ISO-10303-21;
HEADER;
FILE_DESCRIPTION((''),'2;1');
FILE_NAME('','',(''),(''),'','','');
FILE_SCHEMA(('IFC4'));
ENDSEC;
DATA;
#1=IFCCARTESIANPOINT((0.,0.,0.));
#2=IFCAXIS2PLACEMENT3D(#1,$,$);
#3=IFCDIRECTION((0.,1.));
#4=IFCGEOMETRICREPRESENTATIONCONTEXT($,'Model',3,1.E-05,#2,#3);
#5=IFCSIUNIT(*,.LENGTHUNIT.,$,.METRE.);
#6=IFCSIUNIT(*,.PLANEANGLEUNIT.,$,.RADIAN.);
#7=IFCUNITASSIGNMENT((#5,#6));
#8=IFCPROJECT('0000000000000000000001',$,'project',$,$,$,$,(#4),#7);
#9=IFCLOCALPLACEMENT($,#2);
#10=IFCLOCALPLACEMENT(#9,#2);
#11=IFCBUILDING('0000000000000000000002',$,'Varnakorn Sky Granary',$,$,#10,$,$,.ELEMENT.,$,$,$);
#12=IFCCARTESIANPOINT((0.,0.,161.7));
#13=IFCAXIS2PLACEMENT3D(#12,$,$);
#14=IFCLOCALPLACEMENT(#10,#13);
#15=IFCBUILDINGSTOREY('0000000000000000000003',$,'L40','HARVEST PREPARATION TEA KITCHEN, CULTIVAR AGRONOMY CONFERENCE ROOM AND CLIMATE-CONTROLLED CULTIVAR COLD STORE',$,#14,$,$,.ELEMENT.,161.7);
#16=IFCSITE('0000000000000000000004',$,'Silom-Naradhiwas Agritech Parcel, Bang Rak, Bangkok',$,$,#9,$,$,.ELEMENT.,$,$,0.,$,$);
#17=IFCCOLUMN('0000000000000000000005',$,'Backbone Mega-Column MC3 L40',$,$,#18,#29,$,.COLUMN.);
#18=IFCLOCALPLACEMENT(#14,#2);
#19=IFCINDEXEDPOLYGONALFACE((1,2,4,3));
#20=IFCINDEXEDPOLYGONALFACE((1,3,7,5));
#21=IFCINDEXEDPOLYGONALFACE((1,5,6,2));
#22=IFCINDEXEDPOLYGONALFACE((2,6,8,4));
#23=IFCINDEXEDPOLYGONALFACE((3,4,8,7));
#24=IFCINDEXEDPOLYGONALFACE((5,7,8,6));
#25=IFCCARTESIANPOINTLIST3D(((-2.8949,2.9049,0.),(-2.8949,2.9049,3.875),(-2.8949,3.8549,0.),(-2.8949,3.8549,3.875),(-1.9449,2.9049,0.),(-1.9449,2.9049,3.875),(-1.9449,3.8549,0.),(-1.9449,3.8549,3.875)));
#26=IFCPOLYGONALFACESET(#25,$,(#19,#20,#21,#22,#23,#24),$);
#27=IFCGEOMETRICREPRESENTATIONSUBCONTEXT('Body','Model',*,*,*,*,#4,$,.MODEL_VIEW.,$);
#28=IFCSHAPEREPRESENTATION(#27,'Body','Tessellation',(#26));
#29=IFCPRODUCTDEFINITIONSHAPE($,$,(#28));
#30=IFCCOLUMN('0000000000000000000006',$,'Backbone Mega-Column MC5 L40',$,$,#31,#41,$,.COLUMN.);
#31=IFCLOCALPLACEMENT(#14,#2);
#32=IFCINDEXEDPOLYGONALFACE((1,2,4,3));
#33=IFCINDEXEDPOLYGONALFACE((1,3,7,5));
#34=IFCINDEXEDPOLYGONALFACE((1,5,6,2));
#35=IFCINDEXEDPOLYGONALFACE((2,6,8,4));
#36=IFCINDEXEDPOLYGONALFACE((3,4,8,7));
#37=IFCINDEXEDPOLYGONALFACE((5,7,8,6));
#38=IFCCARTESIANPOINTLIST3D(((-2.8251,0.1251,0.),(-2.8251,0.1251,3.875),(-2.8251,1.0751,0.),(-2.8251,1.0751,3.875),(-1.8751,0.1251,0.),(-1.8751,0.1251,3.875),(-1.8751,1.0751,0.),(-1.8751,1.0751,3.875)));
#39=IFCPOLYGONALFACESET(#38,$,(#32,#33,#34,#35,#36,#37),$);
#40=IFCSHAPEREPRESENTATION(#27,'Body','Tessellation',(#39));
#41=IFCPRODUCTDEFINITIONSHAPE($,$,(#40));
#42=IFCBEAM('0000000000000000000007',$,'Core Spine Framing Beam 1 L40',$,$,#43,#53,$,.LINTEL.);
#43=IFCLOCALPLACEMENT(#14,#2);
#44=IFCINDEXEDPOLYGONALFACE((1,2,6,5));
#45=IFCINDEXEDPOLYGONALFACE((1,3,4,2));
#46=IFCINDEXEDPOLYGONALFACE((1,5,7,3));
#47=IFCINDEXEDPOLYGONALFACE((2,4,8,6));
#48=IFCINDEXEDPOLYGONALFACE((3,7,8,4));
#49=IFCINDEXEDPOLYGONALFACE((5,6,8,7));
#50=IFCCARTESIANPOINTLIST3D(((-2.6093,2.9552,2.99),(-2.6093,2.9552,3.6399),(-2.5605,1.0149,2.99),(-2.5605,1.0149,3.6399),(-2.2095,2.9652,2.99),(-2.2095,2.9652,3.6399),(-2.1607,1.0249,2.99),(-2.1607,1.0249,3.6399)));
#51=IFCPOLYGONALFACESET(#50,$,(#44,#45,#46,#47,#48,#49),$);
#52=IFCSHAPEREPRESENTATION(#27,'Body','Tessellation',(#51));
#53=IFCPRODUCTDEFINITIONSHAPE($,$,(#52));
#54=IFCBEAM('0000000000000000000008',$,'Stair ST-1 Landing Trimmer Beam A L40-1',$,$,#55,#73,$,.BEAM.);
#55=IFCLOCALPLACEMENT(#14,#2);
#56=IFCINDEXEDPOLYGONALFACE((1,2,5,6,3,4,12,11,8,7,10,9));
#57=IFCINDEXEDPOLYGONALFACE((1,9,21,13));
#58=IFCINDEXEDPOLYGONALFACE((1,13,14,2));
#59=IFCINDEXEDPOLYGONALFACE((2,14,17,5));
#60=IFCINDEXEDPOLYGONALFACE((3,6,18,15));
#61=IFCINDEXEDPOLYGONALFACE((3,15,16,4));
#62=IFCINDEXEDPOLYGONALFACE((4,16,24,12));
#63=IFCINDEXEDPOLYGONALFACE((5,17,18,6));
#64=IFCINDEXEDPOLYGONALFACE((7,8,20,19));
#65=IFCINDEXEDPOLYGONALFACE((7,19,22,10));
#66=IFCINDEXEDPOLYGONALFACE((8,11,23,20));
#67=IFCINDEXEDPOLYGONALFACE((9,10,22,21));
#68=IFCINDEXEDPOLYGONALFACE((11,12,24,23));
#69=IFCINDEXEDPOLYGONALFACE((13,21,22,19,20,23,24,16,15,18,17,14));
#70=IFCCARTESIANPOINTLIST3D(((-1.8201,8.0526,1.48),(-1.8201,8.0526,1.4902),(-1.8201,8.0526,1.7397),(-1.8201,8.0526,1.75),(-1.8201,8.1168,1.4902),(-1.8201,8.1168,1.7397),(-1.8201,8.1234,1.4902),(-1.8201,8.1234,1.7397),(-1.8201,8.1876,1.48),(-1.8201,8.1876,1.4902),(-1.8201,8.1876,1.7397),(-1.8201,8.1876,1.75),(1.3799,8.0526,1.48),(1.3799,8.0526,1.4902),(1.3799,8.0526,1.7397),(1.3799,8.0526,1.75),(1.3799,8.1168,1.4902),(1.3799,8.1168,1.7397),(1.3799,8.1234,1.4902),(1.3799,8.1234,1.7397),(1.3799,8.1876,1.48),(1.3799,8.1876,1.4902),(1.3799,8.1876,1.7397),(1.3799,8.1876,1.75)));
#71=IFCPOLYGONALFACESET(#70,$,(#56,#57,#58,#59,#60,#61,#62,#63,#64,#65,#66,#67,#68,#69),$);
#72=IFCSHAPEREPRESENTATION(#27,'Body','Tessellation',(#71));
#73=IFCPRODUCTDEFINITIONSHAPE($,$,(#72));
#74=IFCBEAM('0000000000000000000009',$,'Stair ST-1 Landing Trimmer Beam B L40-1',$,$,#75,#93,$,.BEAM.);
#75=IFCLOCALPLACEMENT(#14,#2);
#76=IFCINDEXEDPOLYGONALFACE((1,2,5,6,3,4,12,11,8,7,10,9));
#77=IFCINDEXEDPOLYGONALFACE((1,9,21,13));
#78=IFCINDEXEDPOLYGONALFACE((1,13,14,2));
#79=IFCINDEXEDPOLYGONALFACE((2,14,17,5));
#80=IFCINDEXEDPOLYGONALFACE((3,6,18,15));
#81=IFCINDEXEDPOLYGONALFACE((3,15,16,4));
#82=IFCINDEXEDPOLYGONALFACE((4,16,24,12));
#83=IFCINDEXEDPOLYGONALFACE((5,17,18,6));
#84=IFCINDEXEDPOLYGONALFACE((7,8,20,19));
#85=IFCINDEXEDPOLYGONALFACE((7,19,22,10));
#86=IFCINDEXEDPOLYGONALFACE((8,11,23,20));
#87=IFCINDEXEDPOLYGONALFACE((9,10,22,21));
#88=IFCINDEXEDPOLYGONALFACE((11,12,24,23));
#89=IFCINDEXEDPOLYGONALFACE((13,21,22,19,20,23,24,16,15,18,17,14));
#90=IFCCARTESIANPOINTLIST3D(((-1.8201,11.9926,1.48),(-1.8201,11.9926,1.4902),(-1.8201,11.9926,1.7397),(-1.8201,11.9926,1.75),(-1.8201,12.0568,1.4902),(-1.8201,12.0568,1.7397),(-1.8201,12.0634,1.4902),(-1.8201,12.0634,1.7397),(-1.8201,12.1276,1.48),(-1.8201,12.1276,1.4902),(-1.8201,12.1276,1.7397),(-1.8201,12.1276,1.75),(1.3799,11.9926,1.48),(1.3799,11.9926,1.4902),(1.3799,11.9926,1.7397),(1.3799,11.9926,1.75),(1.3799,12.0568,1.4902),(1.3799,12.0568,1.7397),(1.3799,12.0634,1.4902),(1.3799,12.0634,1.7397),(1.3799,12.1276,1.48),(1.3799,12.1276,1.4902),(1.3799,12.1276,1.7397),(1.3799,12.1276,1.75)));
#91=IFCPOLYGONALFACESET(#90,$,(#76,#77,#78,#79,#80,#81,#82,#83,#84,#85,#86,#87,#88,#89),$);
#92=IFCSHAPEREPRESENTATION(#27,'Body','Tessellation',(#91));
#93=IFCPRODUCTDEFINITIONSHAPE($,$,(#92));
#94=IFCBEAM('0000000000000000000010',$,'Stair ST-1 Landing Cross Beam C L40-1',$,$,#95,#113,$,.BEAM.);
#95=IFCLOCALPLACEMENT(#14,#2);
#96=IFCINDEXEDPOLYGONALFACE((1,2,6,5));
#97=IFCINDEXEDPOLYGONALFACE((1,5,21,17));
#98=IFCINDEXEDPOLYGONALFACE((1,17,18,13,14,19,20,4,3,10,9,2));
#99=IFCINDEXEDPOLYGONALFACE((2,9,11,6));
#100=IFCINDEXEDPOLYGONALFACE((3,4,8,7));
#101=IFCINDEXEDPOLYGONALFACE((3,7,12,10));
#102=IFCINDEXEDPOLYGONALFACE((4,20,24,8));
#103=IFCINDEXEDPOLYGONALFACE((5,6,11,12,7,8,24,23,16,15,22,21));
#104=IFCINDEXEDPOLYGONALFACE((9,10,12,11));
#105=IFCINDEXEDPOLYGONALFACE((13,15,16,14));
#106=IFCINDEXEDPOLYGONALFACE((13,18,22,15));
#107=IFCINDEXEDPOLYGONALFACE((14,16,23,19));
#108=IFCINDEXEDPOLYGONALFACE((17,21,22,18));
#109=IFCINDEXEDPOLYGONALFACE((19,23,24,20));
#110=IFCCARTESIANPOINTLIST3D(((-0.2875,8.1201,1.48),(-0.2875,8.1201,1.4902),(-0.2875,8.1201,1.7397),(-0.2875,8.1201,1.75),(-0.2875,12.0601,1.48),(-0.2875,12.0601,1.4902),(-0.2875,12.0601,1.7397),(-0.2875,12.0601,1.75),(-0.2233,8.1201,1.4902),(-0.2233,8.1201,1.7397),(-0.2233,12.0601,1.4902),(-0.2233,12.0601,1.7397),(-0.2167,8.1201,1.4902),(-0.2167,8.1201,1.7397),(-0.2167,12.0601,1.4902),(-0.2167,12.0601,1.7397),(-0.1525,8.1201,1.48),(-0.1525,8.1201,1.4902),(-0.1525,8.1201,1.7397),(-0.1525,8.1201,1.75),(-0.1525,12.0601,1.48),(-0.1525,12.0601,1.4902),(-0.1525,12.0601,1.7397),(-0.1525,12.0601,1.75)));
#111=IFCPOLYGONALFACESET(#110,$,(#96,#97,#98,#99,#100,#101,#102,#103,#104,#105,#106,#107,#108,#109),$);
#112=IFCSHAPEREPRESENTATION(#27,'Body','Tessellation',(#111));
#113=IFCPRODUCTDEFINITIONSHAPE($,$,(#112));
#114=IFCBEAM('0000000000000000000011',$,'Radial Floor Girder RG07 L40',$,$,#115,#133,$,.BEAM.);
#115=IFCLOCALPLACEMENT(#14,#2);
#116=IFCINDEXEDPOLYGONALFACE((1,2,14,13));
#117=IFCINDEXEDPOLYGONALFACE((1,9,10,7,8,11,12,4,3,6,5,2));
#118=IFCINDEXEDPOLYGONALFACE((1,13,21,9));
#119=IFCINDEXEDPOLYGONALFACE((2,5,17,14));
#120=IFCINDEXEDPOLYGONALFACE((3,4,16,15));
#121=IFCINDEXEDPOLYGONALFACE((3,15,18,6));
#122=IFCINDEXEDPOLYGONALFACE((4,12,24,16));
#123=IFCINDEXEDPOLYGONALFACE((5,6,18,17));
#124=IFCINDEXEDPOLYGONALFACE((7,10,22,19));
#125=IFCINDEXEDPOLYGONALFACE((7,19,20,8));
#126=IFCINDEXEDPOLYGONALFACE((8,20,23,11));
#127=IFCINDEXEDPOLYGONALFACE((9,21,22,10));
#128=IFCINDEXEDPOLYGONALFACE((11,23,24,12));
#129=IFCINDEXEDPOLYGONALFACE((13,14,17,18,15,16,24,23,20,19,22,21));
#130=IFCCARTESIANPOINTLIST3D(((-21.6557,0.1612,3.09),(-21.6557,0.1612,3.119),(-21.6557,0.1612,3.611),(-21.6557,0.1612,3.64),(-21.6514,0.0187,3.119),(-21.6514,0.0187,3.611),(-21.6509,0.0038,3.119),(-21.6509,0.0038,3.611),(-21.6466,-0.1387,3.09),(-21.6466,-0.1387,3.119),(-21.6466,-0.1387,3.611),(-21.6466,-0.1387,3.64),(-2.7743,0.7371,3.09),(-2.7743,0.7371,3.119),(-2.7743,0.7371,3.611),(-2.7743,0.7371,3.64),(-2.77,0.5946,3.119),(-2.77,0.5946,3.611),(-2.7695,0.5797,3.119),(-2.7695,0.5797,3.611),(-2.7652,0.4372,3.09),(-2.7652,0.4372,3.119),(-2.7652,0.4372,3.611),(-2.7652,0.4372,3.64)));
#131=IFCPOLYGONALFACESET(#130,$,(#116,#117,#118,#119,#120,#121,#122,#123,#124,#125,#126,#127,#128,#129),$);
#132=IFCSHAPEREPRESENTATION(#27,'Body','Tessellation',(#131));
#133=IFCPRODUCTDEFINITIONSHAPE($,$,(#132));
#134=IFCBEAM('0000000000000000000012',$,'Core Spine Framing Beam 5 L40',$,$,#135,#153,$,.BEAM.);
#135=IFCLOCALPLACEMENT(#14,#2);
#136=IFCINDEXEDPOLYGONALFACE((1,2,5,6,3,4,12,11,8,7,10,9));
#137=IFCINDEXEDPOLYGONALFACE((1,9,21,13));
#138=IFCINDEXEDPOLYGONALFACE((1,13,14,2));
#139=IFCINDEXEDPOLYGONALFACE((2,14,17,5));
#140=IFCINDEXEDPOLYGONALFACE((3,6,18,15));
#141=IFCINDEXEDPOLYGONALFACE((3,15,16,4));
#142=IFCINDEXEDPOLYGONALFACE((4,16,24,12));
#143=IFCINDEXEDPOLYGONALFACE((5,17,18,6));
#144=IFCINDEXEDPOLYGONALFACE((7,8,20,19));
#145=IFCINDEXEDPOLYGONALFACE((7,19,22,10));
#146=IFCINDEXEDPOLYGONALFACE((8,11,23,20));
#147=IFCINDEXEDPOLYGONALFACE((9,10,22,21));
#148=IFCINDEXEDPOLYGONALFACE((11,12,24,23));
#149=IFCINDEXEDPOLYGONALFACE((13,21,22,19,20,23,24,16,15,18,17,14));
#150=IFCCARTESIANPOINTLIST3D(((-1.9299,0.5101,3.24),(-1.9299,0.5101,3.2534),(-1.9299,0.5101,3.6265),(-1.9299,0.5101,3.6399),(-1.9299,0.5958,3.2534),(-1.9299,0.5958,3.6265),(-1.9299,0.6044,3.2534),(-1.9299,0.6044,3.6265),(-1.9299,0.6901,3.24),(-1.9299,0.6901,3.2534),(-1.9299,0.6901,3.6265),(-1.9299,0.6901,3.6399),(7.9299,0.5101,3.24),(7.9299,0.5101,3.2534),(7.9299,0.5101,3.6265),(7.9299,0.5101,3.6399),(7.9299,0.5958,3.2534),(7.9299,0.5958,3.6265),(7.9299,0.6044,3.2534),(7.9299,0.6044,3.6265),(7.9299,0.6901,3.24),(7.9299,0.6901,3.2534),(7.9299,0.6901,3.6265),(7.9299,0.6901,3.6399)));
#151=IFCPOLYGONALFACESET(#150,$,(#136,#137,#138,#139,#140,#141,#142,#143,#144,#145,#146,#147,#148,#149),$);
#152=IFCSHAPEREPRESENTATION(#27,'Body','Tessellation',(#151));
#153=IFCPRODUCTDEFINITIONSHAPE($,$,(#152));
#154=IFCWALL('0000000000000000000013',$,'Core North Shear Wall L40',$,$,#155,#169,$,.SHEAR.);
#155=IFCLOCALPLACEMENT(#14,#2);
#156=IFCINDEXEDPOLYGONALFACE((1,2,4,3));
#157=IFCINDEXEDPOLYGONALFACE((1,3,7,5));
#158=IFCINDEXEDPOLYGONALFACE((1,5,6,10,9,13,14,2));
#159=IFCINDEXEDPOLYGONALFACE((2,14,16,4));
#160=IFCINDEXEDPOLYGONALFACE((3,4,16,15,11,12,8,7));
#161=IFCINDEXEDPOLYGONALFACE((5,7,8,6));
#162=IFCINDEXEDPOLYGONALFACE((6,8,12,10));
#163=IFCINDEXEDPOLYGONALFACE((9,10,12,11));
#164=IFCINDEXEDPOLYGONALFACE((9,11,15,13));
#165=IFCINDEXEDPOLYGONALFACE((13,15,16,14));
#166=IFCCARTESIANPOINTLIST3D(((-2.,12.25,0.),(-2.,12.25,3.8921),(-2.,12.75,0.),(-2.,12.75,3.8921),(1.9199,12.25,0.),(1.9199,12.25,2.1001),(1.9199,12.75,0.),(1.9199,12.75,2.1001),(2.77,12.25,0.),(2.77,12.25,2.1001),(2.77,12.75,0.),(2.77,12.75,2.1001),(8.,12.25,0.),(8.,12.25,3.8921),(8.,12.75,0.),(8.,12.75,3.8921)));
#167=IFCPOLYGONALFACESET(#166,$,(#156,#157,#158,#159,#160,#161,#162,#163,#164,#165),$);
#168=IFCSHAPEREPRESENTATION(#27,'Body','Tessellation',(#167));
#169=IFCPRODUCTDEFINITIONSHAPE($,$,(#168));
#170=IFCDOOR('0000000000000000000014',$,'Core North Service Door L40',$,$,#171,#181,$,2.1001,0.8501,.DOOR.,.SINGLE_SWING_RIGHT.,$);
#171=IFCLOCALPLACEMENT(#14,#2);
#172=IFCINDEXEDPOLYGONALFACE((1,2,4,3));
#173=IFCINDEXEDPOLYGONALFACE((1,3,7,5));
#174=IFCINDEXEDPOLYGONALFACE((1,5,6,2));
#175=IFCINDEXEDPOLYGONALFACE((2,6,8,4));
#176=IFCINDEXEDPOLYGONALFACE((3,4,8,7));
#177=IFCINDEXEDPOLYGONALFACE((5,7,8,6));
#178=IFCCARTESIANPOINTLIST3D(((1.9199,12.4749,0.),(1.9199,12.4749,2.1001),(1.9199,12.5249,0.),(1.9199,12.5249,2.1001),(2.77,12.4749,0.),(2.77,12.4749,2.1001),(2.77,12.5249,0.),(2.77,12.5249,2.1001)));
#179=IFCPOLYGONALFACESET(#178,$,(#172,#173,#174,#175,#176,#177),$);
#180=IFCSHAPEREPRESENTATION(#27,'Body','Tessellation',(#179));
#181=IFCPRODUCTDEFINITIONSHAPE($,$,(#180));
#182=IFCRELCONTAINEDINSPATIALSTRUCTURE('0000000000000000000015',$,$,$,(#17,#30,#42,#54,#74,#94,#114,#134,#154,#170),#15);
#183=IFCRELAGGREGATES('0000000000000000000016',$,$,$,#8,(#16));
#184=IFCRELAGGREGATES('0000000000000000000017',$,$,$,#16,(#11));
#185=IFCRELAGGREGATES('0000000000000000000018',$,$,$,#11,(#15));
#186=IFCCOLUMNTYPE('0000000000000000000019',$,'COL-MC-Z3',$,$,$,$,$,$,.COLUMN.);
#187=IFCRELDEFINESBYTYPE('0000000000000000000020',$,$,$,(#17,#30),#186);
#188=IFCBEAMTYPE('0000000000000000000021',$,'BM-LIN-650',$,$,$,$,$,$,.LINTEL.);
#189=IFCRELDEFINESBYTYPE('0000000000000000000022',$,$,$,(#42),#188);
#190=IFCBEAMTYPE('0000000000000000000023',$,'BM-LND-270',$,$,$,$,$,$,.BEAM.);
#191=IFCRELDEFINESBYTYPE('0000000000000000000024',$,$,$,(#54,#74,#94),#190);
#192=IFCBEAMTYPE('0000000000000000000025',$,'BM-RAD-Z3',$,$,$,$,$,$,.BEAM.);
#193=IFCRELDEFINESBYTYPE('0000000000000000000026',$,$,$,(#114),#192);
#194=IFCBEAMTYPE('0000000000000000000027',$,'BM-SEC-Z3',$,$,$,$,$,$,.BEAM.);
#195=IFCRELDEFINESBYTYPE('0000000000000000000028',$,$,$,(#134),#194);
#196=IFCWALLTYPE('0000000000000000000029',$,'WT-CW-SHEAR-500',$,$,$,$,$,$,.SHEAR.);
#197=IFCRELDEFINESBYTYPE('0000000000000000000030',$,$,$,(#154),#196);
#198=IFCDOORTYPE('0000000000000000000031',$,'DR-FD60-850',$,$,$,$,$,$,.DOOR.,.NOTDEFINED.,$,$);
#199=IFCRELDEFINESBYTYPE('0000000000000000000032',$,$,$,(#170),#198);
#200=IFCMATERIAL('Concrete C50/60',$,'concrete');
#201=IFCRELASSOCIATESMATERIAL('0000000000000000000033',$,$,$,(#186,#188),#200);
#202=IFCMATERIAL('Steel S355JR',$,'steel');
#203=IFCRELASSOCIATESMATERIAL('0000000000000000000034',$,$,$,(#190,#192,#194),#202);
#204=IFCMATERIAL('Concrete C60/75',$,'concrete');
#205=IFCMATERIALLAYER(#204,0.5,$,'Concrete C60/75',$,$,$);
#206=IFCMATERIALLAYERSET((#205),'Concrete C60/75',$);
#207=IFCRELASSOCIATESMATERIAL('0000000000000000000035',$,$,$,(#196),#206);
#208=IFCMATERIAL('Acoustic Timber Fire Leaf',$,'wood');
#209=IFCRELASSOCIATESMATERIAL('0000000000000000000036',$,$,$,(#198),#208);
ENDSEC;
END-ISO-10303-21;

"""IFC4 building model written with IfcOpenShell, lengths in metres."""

from ifc_helpers import new_model, si_unit, direction, frame, frame_2d, origin, origin_2d, place, context, subcontext, project, spatial, rectangle, i_section, extrude, material, layer, layer_set, material_profile, profile_set, type_object, element, fill, save


model = new_model("IFC4")

# Units and contexts
model_context = context("Model", 3, precision=1e-05, world=origin(), true_north=direction((0.0, 1.0)))
body_context = subcontext(model_context, "Body", "Model", "MODEL_VIEW")
ifc_project = project(units=[si_unit("LENGTHUNIT", "METRE"), si_unit("PLANEANGLEUNIT", "RADIAN")], contexts=[model_context])

# Site, building, storey
site_placement = place(None, origin())
site = spatial("IfcSite", under=ifc_project, at=site_placement, Name="Silom-Naradhiwas Agritech Parcel, Bang Rak, Bangkok", CompositionType="ELEMENT", RefElevation=0.0)
building_placement = place(site_placement, origin())
building = spatial("IfcBuilding", under=site, at=building_placement, Name="Varnakorn Sky Granary", CompositionType="ELEMENT")
storey_placement = place(building_placement, frame((0.0, 0.0, 161.7)))
storey = spatial("IfcBuildingStorey", under=building, at=storey_placement, Name="L40", Description="HARVEST PREPARATION TEA KITCHEN, CULTIVAR AGRONOMY CONFERENCE ROOM AND CLIMATE-CONTROLLED CULTIVAR COLD STORE", CompositionType="ELEMENT", Elevation=161.7)

# Columns
ifc_material_1 = material(Name="Concrete C50/60", Category="concrete")
ifc_material_profile_1 = material_profile(ifc_material_1, rectangle(XDim=0.95, YDim=0.95, at=origin_2d()), Name="RC 950x950")
ifc_profile_set_1 = profile_set([ifc_material_profile_1], Name="Concrete C50/60")
column_type = type_object("IfcColumnType", Name="COL-MC-Z3", PredefinedType="COLUMN", material=ifc_profile_set_1)
for number, where, z_axis, x_axis, name in (
    (1, (-2.4199, 3.3799, 0.0), (0.0, 0.0, 1.0), (1.0, 0.0, 0.0), "Backbone Mega-Column MC3 L40"),
    (2, (-2.3501, 0.6001, 0.0), (0.0, 0.0, 1.0), (1.0, 0.0, 0.0), "Backbone Mega-Column MC5 L40"),
):
    element("IfcColumn", number, at=place(storey_placement, frame(where, z_axis=z_axis, x_axis=x_axis)), inside=storey, type_object=column_type, Name=name, PredefinedType="COLUMN", context=body_context, shape_type="SweptSolid", body=[
        extrude(rectangle(XDim=0.95, YDim=0.95, at=origin_2d()), origin(), (0.0, 0.0, 1.0), 3.875),
    ])

# Beams
ifc_material_profile_2 = material_profile(ifc_material_1, rectangle(XDim=0.3999, YDim=0.6499, at=origin_2d()), Name="RC 400x650")
ifc_profile_set_2 = profile_set([ifc_material_profile_2], Name="Concrete C50/60")
beam_type_1 = type_object("IfcBeamType", Name="BM-LIN-650", PredefinedType="LINTEL", material=ifc_profile_set_2)
beam_1_placement = place(storey_placement, frame((-2.4094, 2.9602, 3.3149), z_axis=(0.025159, -0.999683, 0.0), x_axis=(0.999683, 0.025159, 0.0)))
element("IfcBeam", 3, at=beam_1_placement, inside=storey, type_object=beam_type_1, Name="Core Spine Framing Beam 1 L40", PredefinedType="LINTEL", context=body_context, shape_type="SweptSolid", body=[
    extrude(rectangle(XDim=0.3999, YDim=0.6499, at=origin_2d()), origin(), (0.0, 0.0, 1.0), 1.9409),
])
ifc_material_2 = material(Name="Steel S355JR", Category="steel")
ifc_material_profile_3 = material_profile(ifc_material_2, i_section(OverallWidth=0.135, OverallDepth=0.27, WebThickness=0.0066, FlangeThickness=0.0103, at=origin_2d()), Name="IPE 270")
ifc_profile_set_3 = profile_set([ifc_material_profile_3], Name="Steel S355JR")
beam_type_2 = type_object("IfcBeamType", Name="BM-LND-270", PredefinedType="BEAM", material=ifc_profile_set_3)
for number, where, z_axis, x_axis, name in (
    (4, (-1.8201, 8.1201, 1.615), (1.0, 0.0, 0.0), (0.0, 1.0, 0.0), "Stair ST-1 Landing Trimmer Beam A L40-1"),
    (5, (-1.8201, 12.0601, 1.615), (1.0, 0.0, 0.0), (0.0, 1.0, 0.0), "Stair ST-1 Landing Trimmer Beam B L40-1"),
):
    element("IfcBeam", number, at=place(storey_placement, frame(where, z_axis=z_axis, x_axis=x_axis)), inside=storey, type_object=beam_type_2, Name=name, PredefinedType="BEAM", context=body_context, shape_type="SweptSolid", body=[
        extrude(i_section(OverallWidth=0.135, OverallDepth=0.27, WebThickness=0.0066, FlangeThickness=0.0103, at=origin_2d()), origin(), (0.0, 0.0, 1.0), 3.2),
    ])
beam_2_placement = place(storey_placement, frame((-0.22, 8.1201, 1.615), z_axis=(0.0, 1.0, 0.0), x_axis=(-1.0, 0.0, 0.0)))
element("IfcBeam", 6, at=beam_2_placement, inside=storey, type_object=beam_type_2, Name="Stair ST-1 Landing Cross Beam C L40-1", PredefinedType="BEAM", context=body_context, shape_type="SweptSolid", body=[
    extrude(i_section(OverallWidth=0.135, OverallDepth=0.27, WebThickness=0.0066, FlangeThickness=0.0103, at=origin_2d()), origin(), (0.0, 0.0, 1.0), 3.9399),
])
ifc_material_profile_4 = material_profile(ifc_material_2, i_section(OverallWidth=0.3, OverallDepth=0.55, WebThickness=0.0149, FlangeThickness=0.0291, at=origin_2d()), Name="HE 550 B")
ifc_profile_set_4 = profile_set([ifc_material_profile_4], Name="Steel S355JR")
beam_type_3 = type_object("IfcBeamType", Name="BM-RAD-Z3", PredefinedType="BEAM", material=ifc_profile_set_4)
beam_3_placement = place(storey_placement, frame((-2.7698, 0.5872, 3.365), z_axis=(-0.999535, -0.030488, 0.0), x_axis=(0.030488, -0.999535, 0.0)))
element("IfcBeam", 7, at=beam_3_placement, inside=storey, type_object=beam_type_3, Name="Radial Floor Girder RG07 L40", PredefinedType="BEAM", context=body_context, shape_type="SweptSolid", body=[
    extrude(i_section(OverallWidth=0.3, OverallDepth=0.55, WebThickness=0.0149, FlangeThickness=0.0291, at=origin_2d()), origin(), (0.0, 0.0, 1.0), 18.8901),
])
ifc_material_profile_5 = material_profile(ifc_material_2, i_section(OverallWidth=0.1799, OverallDepth=0.3999, WebThickness=0.0085, FlangeThickness=0.0134, at=origin_2d()), Name="IPE 400")
ifc_profile_set_5 = profile_set([ifc_material_profile_5], Name="Steel S355JR")
beam_type_4 = type_object("IfcBeamType", Name="BM-SEC-Z3", PredefinedType="BEAM", material=ifc_profile_set_5)
beam_4_placement = place(storey_placement, frame((-1.9299, 0.6001, 3.4399), z_axis=(1.0, 0.0, 0.0), x_axis=(0.0, 1.0, 0.0)))
element("IfcBeam", 8, at=beam_4_placement, inside=storey, type_object=beam_type_4, Name="Core Spine Framing Beam 5 L40", PredefinedType="BEAM", context=body_context, shape_type="SweptSolid", body=[
    extrude(i_section(OverallWidth=0.1799, OverallDepth=0.3999, WebThickness=0.0085, FlangeThickness=0.0134, at=origin_2d()), origin(), (0.0, 0.0, 1.0), 9.8599),
])

# Shared definitions
ifc_material_3 = material(Name="Concrete C60/75", Category="concrete")
ifc_layer_1 = layer(ifc_material_3, 0.5, Name="Concrete C60/75")
ifc_layer_set_1 = layer_set([ifc_layer_1], Name="Concrete C60/75")
wall_type_1 = type_object("IfcWallType", Name="WT-CW-SHEAR-500", PredefinedType="SHEAR", material=ifc_layer_set_1)

# Wall, opening, door
wall_1_placement = place(storey_placement, frame((-2.0, 12.5, 0.0), z_axis=(0.0, 0.0, 1.0), x_axis=(1.0, 0.0, 0.0)))
wall_1 = element("IfcWall", 9, at=wall_1_placement, inside=storey, type_object=wall_type_1, Name="Core North Shear Wall L40", PredefinedType="SHEAR", context=body_context, shape_type="SweptSolid", body=[
    extrude(rectangle(XDim=10.0, YDim=0.5, at=frame_2d((5.0, 0.0))), origin(), (0.0, 0.0, 1.0), 3.8921),
])
opening_1_placement = place(wall_1_placement, frame((3.9199, 0.0, 0.0)))
opening_1 = element("IfcOpeningElement", 10, at=opening_1_placement, cuts=wall_1, PredefinedType="OPENING", context=body_context, shape_type="SweptSolid", body=[
    extrude(rectangle(XDim=0.8501, YDim=2.1001, at=frame_2d((0.425, 1.05))), frame((0.0, 0.26, 0.0), z_axis=(0.0, -1.0, 0.0), x_axis=(1.0, 0.0, 0.0)), (0.0, 0.0, 1.0), 0.52),
])
ifc_material_4 = material(Name="Acoustic Timber Fire Leaf", Category="wood")
door_type_1 = type_object("IfcDoorType", Name="DR-FD60-850", OperationType="NOTDEFINED", PredefinedType="DOOR", material=ifc_material_4)
door_1_placement = place(opening_1_placement, origin())
door_1 = element("IfcDoor", 11, at=door_1_placement, inside=storey, type_object=door_type_1, Name="Core North Service Door L40", OperationType="SINGLE_SWING_RIGHT", OverallHeight=2.1001, OverallWidth=0.8501, PredefinedType="DOOR", context=body_context, shape_type="SweptSolid", body=[
    extrude(rectangle(XDim=0.8501, YDim=2.1001, at=frame_2d((0.425, 1.05))), frame((0.0, 0.0249, 0.0), z_axis=(0.0, -1.0, 0.0), x_axis=(1.0, 0.0, 0.0)), (0.0, 0.0, 1.0), 0.05),
])
fill(opening_1, door_1)

save(model, "model.ifc")
